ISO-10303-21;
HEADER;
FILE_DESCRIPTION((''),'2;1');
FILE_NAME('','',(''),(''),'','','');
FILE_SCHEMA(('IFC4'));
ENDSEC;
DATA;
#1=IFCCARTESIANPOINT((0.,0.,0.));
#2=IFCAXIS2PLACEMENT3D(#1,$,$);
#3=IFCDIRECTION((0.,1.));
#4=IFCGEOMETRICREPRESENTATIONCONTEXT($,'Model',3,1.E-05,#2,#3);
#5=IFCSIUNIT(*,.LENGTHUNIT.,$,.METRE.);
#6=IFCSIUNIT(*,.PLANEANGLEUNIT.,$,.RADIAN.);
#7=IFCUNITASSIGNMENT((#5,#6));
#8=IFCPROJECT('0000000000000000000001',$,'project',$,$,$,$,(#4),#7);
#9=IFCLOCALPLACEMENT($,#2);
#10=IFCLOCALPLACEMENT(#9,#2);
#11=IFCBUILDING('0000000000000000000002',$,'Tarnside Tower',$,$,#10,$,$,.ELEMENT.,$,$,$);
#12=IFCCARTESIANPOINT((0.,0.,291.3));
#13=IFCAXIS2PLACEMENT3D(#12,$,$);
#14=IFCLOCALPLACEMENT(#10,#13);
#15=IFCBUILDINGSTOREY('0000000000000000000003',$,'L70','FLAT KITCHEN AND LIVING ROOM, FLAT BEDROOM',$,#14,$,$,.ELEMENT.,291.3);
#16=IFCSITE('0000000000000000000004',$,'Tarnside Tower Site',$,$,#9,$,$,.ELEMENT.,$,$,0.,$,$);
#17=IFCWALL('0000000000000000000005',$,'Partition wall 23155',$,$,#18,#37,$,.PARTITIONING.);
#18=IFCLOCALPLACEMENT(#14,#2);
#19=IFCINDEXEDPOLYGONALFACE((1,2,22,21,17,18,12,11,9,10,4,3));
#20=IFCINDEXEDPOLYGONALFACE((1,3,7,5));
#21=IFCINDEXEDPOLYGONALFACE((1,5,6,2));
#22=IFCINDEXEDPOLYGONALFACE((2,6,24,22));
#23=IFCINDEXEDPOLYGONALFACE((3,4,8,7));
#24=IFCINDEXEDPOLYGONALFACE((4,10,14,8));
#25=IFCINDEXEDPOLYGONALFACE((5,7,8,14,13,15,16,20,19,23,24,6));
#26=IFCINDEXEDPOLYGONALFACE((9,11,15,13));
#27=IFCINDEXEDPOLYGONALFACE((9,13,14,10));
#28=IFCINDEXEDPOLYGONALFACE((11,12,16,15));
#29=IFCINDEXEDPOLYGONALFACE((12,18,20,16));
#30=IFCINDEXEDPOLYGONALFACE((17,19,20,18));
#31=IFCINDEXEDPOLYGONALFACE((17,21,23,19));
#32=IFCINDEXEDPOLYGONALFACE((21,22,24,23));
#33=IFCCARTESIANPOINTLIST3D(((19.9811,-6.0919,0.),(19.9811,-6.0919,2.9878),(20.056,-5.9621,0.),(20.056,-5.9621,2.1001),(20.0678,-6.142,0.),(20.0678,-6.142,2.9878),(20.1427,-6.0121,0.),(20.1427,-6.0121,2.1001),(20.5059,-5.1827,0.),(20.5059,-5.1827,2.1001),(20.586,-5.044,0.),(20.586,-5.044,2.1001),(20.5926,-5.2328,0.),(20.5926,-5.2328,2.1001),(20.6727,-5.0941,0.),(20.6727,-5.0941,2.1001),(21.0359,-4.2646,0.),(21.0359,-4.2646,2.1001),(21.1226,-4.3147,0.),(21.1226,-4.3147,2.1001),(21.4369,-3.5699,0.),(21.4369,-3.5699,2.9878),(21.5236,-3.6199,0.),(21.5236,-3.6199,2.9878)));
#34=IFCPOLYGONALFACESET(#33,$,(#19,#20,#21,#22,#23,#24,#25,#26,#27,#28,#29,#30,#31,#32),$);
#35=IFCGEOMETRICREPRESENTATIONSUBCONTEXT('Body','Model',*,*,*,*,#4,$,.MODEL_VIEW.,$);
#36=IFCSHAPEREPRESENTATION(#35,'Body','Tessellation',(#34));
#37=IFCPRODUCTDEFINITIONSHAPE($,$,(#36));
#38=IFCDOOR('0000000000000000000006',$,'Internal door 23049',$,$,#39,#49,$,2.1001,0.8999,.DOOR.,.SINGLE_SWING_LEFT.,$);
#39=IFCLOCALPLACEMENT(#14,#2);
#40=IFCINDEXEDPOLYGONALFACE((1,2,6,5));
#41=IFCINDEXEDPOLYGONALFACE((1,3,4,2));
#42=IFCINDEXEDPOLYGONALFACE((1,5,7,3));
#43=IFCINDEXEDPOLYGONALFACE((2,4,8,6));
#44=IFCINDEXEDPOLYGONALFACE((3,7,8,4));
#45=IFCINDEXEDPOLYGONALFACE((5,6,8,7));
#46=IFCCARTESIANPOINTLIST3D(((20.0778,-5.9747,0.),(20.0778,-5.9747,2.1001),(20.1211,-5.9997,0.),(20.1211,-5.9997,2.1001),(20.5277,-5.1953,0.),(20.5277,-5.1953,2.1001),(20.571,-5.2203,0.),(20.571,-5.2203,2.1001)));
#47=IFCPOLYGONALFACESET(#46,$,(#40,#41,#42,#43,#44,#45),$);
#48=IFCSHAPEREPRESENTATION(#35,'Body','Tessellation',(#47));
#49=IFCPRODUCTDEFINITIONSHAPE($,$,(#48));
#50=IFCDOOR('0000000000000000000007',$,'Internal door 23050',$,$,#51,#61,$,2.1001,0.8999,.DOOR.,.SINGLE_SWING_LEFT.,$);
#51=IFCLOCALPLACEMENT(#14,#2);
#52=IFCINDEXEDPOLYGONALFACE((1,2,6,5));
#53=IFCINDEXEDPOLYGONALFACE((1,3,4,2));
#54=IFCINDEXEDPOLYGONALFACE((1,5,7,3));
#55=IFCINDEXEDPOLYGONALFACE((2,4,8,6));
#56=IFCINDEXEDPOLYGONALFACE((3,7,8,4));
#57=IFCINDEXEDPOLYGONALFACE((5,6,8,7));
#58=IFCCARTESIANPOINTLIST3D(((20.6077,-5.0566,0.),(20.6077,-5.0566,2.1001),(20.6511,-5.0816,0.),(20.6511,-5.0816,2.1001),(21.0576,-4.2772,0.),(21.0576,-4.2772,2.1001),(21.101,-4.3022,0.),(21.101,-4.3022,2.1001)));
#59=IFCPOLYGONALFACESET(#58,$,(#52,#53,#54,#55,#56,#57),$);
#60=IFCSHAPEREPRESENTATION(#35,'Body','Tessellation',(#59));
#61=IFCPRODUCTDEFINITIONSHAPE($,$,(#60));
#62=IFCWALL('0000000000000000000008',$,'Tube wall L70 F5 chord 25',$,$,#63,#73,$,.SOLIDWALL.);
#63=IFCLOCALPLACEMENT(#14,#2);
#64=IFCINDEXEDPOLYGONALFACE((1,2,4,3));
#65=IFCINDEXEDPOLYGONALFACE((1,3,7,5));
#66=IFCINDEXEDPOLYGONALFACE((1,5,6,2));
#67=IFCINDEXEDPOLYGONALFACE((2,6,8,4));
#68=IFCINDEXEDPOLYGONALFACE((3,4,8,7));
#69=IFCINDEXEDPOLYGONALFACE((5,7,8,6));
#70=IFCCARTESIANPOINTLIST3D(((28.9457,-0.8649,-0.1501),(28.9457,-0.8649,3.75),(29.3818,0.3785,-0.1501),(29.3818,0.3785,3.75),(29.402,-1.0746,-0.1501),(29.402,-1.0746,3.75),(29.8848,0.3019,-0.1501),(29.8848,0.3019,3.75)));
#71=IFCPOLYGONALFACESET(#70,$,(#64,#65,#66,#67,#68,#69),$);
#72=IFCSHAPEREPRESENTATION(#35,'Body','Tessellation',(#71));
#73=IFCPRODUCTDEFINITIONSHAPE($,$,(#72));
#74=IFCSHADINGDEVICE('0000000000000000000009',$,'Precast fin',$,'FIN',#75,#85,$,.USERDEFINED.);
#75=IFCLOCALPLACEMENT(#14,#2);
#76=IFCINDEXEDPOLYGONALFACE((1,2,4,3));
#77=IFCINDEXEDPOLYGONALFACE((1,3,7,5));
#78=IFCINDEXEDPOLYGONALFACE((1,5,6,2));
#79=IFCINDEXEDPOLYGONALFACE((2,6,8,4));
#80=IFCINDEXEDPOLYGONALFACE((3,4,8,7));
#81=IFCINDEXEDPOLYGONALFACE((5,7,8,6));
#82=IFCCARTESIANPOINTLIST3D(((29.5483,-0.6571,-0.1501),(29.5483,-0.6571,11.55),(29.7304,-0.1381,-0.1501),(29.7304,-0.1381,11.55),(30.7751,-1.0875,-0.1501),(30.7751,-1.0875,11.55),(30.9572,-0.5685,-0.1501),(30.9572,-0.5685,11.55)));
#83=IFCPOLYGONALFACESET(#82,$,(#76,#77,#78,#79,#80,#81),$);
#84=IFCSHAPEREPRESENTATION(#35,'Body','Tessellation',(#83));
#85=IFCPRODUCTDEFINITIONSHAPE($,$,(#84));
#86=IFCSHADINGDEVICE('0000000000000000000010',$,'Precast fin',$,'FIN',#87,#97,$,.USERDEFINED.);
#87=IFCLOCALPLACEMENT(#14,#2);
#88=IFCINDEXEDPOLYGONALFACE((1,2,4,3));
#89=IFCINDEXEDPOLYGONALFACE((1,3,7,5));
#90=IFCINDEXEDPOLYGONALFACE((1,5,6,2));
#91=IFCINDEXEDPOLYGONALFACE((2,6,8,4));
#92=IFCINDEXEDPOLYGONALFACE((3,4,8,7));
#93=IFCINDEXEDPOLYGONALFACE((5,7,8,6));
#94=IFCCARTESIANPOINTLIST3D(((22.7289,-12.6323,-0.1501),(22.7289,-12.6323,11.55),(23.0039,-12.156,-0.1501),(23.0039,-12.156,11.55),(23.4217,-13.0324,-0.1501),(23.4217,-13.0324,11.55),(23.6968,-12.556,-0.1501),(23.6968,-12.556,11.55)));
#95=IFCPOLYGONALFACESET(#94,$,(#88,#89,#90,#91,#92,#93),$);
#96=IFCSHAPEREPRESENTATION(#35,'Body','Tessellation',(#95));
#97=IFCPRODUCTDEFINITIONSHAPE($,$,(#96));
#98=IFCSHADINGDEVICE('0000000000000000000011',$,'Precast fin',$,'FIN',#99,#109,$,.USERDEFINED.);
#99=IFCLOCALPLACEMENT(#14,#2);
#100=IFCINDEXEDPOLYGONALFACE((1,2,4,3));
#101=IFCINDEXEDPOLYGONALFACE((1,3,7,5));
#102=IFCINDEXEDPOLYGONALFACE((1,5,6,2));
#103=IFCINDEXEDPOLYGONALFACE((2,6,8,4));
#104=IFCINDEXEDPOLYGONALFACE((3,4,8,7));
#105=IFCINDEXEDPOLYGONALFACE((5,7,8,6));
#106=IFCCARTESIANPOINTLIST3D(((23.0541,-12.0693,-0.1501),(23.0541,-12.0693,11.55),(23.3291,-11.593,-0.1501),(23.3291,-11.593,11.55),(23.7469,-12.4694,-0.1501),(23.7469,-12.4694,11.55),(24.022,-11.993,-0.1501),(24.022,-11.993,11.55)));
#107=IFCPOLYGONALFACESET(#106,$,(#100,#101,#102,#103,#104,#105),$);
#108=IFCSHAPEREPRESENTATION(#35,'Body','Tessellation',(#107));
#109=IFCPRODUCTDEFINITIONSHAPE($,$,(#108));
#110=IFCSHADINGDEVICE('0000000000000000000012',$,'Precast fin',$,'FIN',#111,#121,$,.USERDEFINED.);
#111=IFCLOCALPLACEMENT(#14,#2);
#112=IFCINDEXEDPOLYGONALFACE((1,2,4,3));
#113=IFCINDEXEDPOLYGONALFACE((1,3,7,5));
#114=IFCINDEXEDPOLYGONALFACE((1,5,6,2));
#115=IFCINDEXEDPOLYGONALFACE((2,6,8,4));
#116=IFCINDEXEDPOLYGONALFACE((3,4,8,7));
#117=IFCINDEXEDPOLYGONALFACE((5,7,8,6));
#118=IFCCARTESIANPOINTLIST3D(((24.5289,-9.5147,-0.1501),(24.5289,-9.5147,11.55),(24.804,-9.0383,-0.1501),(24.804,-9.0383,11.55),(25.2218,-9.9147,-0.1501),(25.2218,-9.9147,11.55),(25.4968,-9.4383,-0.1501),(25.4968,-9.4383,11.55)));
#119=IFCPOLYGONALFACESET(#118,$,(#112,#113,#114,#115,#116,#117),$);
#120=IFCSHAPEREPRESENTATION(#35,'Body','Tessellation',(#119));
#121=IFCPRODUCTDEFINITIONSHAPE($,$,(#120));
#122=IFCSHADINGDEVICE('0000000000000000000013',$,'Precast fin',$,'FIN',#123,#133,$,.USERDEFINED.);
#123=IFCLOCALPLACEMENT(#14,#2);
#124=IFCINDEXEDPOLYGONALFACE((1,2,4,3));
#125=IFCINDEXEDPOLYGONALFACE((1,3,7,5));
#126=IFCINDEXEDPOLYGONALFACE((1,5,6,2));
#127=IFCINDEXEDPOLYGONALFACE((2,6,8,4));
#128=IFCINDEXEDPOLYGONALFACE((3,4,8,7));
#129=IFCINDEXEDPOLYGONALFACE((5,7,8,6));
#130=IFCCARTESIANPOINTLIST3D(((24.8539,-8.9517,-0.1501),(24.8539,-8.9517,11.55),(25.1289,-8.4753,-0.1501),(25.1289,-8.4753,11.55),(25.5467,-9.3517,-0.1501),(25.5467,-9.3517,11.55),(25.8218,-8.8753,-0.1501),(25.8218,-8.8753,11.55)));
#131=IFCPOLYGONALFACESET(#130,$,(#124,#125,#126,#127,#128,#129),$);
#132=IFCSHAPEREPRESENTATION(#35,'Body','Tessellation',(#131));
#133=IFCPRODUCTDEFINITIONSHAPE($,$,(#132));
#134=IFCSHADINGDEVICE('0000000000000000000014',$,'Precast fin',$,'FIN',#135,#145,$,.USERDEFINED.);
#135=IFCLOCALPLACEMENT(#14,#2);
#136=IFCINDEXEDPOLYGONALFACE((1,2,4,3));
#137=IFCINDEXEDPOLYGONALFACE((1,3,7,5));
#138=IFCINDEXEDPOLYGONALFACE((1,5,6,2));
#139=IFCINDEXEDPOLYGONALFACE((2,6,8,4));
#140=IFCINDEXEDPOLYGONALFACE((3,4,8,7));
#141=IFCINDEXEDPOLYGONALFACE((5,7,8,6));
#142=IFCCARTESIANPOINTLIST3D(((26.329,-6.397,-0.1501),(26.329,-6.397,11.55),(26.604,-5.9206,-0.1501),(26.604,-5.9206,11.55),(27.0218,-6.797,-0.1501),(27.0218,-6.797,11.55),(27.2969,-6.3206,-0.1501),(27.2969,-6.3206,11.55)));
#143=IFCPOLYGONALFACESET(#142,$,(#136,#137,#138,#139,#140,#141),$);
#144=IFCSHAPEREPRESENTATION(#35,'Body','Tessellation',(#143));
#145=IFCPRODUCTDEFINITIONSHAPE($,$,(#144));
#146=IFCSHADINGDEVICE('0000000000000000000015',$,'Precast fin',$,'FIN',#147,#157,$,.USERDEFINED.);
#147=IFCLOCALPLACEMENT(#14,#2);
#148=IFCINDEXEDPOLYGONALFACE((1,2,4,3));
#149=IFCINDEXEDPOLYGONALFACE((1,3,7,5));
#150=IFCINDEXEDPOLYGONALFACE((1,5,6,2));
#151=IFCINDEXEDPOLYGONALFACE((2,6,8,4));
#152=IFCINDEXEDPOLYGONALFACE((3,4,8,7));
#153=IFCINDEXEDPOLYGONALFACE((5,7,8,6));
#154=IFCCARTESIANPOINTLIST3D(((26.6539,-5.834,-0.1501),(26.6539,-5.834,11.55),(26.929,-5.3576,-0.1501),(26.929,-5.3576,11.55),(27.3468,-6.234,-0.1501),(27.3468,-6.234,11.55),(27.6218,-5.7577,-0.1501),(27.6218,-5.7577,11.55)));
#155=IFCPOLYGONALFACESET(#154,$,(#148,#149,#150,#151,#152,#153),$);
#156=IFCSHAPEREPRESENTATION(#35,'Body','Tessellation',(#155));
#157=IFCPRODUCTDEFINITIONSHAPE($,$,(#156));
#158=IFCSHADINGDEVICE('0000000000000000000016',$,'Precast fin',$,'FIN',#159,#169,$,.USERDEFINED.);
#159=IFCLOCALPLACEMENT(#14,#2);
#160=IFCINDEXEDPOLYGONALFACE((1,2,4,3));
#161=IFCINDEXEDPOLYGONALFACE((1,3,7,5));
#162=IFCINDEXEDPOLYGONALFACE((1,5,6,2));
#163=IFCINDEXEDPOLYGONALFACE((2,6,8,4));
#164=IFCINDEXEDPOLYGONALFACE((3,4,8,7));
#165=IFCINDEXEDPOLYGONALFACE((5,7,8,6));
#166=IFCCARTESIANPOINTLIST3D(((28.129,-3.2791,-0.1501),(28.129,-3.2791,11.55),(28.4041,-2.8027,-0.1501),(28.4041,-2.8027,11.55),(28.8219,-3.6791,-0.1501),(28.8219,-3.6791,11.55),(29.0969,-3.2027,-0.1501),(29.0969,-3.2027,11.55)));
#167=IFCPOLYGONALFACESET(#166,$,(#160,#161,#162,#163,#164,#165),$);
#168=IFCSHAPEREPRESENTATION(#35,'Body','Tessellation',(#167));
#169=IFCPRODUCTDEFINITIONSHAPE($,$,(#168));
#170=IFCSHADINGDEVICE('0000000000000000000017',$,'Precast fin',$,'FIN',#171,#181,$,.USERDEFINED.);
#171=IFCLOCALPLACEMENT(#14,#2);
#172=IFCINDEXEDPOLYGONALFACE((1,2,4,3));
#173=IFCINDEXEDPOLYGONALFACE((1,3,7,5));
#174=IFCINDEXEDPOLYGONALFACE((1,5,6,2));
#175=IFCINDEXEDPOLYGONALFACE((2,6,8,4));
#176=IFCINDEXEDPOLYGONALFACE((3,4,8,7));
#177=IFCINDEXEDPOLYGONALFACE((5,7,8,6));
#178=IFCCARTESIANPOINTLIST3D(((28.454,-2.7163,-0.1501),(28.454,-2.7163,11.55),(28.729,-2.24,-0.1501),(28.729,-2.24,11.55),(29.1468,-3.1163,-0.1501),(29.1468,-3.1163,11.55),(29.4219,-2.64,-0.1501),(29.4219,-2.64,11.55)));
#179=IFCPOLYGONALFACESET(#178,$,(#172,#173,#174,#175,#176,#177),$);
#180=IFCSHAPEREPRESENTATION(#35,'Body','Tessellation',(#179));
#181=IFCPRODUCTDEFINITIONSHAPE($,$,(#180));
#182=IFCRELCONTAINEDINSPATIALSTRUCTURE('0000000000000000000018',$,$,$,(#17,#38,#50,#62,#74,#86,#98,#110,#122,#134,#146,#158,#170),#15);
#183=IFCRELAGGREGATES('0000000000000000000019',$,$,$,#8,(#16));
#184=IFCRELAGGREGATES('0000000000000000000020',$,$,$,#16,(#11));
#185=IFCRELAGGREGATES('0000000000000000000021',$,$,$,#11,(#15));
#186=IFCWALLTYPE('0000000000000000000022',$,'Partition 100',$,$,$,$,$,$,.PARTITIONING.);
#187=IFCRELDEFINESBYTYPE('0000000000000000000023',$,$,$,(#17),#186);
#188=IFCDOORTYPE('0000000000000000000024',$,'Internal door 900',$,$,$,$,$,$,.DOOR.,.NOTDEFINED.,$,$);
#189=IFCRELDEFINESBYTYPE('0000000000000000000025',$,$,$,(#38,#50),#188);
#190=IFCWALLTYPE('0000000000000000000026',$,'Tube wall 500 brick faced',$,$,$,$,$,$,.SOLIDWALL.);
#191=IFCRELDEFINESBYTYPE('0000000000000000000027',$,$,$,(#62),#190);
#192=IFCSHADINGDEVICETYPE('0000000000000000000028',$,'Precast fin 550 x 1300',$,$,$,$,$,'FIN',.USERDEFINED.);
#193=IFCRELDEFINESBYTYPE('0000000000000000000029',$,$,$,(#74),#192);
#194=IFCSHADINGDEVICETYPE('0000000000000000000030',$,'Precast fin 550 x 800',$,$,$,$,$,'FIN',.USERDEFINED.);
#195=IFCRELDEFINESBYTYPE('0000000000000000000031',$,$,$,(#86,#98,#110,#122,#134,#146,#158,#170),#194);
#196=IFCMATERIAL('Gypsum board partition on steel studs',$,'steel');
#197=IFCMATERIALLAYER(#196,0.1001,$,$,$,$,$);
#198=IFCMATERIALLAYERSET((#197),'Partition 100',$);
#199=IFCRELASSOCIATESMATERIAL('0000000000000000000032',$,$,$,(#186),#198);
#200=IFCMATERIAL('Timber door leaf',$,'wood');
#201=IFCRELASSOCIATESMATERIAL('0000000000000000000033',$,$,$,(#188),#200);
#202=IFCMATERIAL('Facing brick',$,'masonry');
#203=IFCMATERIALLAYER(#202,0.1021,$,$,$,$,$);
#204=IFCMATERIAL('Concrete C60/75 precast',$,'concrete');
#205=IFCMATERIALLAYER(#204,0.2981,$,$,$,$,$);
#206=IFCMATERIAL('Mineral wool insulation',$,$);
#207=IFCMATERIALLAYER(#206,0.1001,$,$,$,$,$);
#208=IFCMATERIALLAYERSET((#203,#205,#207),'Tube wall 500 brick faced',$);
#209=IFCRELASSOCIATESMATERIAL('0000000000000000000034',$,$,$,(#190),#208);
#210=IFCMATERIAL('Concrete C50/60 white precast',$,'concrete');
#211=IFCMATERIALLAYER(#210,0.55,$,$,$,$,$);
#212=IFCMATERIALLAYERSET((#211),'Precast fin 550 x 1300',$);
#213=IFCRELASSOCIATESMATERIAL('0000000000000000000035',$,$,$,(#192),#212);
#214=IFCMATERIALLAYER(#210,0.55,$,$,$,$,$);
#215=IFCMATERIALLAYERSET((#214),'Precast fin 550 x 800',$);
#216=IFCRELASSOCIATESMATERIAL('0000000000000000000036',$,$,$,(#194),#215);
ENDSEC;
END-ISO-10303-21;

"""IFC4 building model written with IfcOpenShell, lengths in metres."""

from ifc_helpers import new_model, si_unit, direction, frame, frame_2d, origin, place, context, subcontext, project, spatial, polyline, rectangle, outline, extrude, material, layer, layer_set, type_object, element, fill, save


model = new_model("IFC4")

# Units and contexts
model_context = context("Model", 3, precision=1e-05, world=origin(), true_north=direction((0.0, 1.0)))
body_context = subcontext(model_context, "Body", "Model", "MODEL_VIEW")
ifc_project = project(units=[si_unit("LENGTHUNIT", "METRE"), si_unit("PLANEANGLEUNIT", "RADIAN")], contexts=[model_context])

# Site, building, storey
site_placement = place(None, origin())
site = spatial("IfcSite", under=ifc_project, at=site_placement, Name="Tarnside Tower Site", CompositionType="ELEMENT", RefElevation=0.0)
building_placement = place(site_placement, origin())
building = spatial("IfcBuilding", under=site, at=building_placement, Name="Tarnside Tower", CompositionType="ELEMENT")
storey_placement = place(building_placement, frame((0.0, 0.0, 291.3)))
storey = spatial("IfcBuildingStorey", under=building, at=storey_placement, Name="L70", Description="FLAT KITCHEN AND LIVING ROOM, FLAT BEDROOM", CompositionType="ELEMENT", Elevation=291.3)

# Shared definitions
ifc_material_1 = material(Name="Gypsum board partition on steel studs", Category="steel")

# Shared definitions
ifc_material_2 = material(Name="Timber door leaf", Category="wood")

# Shared definitions
ifc_layer_1 = layer(ifc_material_1, 0.1001)
ifc_layer_set_1 = layer_set([ifc_layer_1], Name="Partition 100")
wall_type_1 = type_object("IfcWallType", Name="Partition 100", PredefinedType="PARTITIONING", material=ifc_layer_set_1)

# Shared definitions
door_type_1 = type_object("IfcDoorType", Name="Internal door 900", OperationType="NOTDEFINED", PredefinedType="DOOR", material=ifc_material_2)

# Wall, openings, doors
wall_1_placement = place(storey_placement, frame((20.0244, -6.1169, 0.0), z_axis=(0.0, 0.0, 1.0), x_axis=(0.499935, 0.866063, 0.0)))
wall_1 = element("IfcWall", 1, at=wall_1_placement, inside=storey, type_object=wall_type_1, Name="Partition wall 23155", PredefinedType="PARTITIONING", context=body_context, shape_type="SweptSolid", body=[
    extrude(rectangle(XDim=2.9121, YDim=0.1001, at=frame_2d((1.4561, 0.0))), origin(), (0.0, 0.0, 1.0), 2.9878),
])
opening_1_placement = place(wall_1_placement, frame((0.1499, 0.0, 0.0)))
opening_1 = element("IfcOpeningElement", 2, at=opening_1_placement, cuts=wall_1, PredefinedType="OPENING", context=body_context, shape_type="SweptSolid", body=[
    extrude(rectangle(XDim=0.8999, YDim=2.1001, at=frame_2d((0.45, 1.05))), frame((0.0, 0.0601, 0.0), z_axis=(0.0, -1.0, 0.0), x_axis=(1.0, 0.0, 0.0)), (0.0, 0.0, 1.0), 0.1201),
])
opening_2_placement = place(wall_1_placement, frame((1.21, 0.0, 0.0)))
opening_2 = element("IfcOpeningElement", 3, at=opening_2_placement, cuts=wall_1, PredefinedType="OPENING", context=body_context, shape_type="SweptSolid", body=[
    extrude(rectangle(XDim=0.8999, YDim=2.1001, at=frame_2d((0.45, 1.05))), frame((0.0, 0.0601, 0.0), z_axis=(0.0, -1.0, 0.0), x_axis=(1.0, 0.0, 0.0)), (0.0, 0.0, 1.0), 0.1201),
])
door_1_placement = place(opening_1_placement, origin())
door_1 = element("IfcDoor", 4, at=door_1_placement, inside=storey, type_object=door_type_1, Name="Internal door 23049", OperationType="SINGLE_SWING_LEFT", OverallHeight=2.1001, OverallWidth=0.8999, PredefinedType="DOOR", context=body_context, shape_type="SweptSolid", body=[
    extrude(rectangle(XDim=0.8999, YDim=2.1001, at=frame_2d((0.45, 1.05))), frame((0.0, 0.0249, 0.0), z_axis=(0.0, -1.0, 0.0), x_axis=(1.0, 0.0, 0.0)), (0.0, 0.0, 1.0), 0.05),
])
fill(opening_1, door_1)
door_2_placement = place(opening_2_placement, origin())
door_2 = element("IfcDoor", 5, at=door_2_placement, inside=storey, type_object=door_type_1, Name="Internal door 23050", OperationType="SINGLE_SWING_LEFT", OverallHeight=2.1001, OverallWidth=0.8999, PredefinedType="DOOR", context=body_context, shape_type="SweptSolid", body=[
    extrude(rectangle(XDim=0.8999, YDim=2.1001, at=frame_2d((0.45, 1.05))), frame((0.0, 0.0249, 0.0), z_axis=(0.0, -1.0, 0.0), x_axis=(1.0, 0.0, 0.0)), (0.0, 0.0, 1.0), 0.05),
])
fill(opening_2, door_2)

# Wall
ifc_material_3 = material(Name="Facing brick", Category="masonry")
ifc_layer_2 = layer(ifc_material_3, 0.1021)
ifc_material_4 = material(Name="Concrete C60/75 precast", Category="concrete")
ifc_layer_3 = layer(ifc_material_4, 0.2981)
ifc_material_5 = material(Name="Mineral wool insulation")
ifc_layer_4 = layer(ifc_material_5, 0.1001)
ifc_layer_set_2 = layer_set([ifc_layer_2, ifc_layer_3, ifc_layer_4], Name="Tube wall 500 brick faced")
wall_type_2 = type_object("IfcWallType", Name="Tube wall 500 brick faced", PredefinedType="SOLIDWALL", material=ifc_layer_set_2)
wall_2_placement = place(storey_placement, frame((29.1738, -0.9697, -0.1501), z_axis=(0.0, 0.0, 1.0), x_axis=(0.330961, 0.943644, 0.0)))
element("IfcWall", 6, at=wall_2_placement, inside=storey, type_object=wall_type_2, Name="Tube wall L70 F5 chord 25", PredefinedType="SOLIDWALL", context=body_context, shape_type="SweptSolid", body=[
    extrude(outline(polyline([(-0.0234, -0.25), (1.4353, -0.25), (1.3411, 0.25), (0.0234, 0.25), (-0.0234, -0.25)])), origin(), (0.0, 0.0, 1.0), 3.9001),
])

# Shading devices
ifc_material_6 = material(Name="Concrete C50/60 white precast", Category="concrete")
ifc_layer_5 = layer(ifc_material_6, 0.55)
ifc_layer_set_3 = layer_set([ifc_layer_5], Name="Precast fin 550 x 1300")
shading_device_type_1 = type_object("IfcShadingDeviceType", Name="Precast fin 550 x 1300", ElementType="FIN", PredefinedType="USERDEFINED", material=ifc_layer_set_3)
shading_device_placement = place(storey_placement, frame((29.6394, -0.3975, -0.1501), z_axis=(-0.331063, -0.943609, 0.0), x_axis=(0.943609, -0.331063, 0.0)))
element("IfcShadingDevice", 7, at=shading_device_placement, inside=storey, type_object=shading_device_type_1, Name="Precast fin", ObjectType="FIN", PredefinedType="USERDEFINED", context=body_context, shape_type="SweptSolid", body=[
    extrude(outline(polyline([(0.0, 0.0), (1.3, 0.0), (1.3, 11.7002), (0.0, 11.7002), (0.0, 0.0)])), frame((0.0, 0.0, -0.2749)), (0.0, 0.0, 1.0), 0.55),
])
ifc_layer_6 = layer(ifc_material_6, 0.55)
ifc_layer_set_4 = layer_set([ifc_layer_6], Name="Precast fin 550 x 800")
shading_device_type_2 = type_object("IfcShadingDeviceType", Name="Precast fin 550 x 800", ElementType="FIN", PredefinedType="USERDEFINED", material=ifc_layer_set_4)
for number, where, z_axis, x_axis, name in (
    (8, (22.8665, -12.394, -0.1501), (-0.5, -0.866025, 0.0), (0.866025, -0.5, 0.0), "Precast fin"),
    (9, (23.1917, -11.8311, -0.1501), (-0.5, -0.866025, 0.0), (0.866025, -0.5, 0.0), "Precast fin"),
    (10, (24.6665, -9.2764, -0.1501), (-0.5, -0.866025, 0.0), (0.866025, -0.5, 0.0), "Precast fin"),
    (11, (24.9915, -8.7134, -0.1501), (-0.5, -0.866025, 0.0), (0.866025, -0.5, 0.0), "Precast fin"),
    (12, (26.4666, -6.1587, -0.1501), (-0.5, -0.866025, 0.0), (0.866025, -0.5, 0.0), "Precast fin"),
    (13, (26.7915, -5.5957, -0.1501), (-0.5, -0.866025, 0.0), (0.866025, -0.5, 0.0), "Precast fin"),
    (14, (28.2666, -3.0408, -0.1501), (-0.5, -0.866025, 0.0), (0.866025, -0.5, 0.0), "Precast fin"),
    (15, (28.5916, -2.478, -0.1501), (-0.5, -0.866025, 0.0), (0.866025, -0.5, 0.0), "Precast fin"),
):
    element("IfcShadingDevice", number, at=place(storey_placement, frame(where, z_axis=z_axis, x_axis=x_axis)), inside=storey, type_object=shading_device_type_2, Name=name, ObjectType="FIN", PredefinedType="USERDEFINED", context=body_context, shape_type="SweptSolid", body=[
        extrude(outline(polyline([(0.0, 0.0), (0.8, 0.0), (0.8, 11.7002), (0.0, 11.7002), (0.0, 0.0)])), frame((0.0, 0.0, -0.2749)), (0.0, 0.0, 1.0), 0.55),
    ])

save(model, "model.ifc")
